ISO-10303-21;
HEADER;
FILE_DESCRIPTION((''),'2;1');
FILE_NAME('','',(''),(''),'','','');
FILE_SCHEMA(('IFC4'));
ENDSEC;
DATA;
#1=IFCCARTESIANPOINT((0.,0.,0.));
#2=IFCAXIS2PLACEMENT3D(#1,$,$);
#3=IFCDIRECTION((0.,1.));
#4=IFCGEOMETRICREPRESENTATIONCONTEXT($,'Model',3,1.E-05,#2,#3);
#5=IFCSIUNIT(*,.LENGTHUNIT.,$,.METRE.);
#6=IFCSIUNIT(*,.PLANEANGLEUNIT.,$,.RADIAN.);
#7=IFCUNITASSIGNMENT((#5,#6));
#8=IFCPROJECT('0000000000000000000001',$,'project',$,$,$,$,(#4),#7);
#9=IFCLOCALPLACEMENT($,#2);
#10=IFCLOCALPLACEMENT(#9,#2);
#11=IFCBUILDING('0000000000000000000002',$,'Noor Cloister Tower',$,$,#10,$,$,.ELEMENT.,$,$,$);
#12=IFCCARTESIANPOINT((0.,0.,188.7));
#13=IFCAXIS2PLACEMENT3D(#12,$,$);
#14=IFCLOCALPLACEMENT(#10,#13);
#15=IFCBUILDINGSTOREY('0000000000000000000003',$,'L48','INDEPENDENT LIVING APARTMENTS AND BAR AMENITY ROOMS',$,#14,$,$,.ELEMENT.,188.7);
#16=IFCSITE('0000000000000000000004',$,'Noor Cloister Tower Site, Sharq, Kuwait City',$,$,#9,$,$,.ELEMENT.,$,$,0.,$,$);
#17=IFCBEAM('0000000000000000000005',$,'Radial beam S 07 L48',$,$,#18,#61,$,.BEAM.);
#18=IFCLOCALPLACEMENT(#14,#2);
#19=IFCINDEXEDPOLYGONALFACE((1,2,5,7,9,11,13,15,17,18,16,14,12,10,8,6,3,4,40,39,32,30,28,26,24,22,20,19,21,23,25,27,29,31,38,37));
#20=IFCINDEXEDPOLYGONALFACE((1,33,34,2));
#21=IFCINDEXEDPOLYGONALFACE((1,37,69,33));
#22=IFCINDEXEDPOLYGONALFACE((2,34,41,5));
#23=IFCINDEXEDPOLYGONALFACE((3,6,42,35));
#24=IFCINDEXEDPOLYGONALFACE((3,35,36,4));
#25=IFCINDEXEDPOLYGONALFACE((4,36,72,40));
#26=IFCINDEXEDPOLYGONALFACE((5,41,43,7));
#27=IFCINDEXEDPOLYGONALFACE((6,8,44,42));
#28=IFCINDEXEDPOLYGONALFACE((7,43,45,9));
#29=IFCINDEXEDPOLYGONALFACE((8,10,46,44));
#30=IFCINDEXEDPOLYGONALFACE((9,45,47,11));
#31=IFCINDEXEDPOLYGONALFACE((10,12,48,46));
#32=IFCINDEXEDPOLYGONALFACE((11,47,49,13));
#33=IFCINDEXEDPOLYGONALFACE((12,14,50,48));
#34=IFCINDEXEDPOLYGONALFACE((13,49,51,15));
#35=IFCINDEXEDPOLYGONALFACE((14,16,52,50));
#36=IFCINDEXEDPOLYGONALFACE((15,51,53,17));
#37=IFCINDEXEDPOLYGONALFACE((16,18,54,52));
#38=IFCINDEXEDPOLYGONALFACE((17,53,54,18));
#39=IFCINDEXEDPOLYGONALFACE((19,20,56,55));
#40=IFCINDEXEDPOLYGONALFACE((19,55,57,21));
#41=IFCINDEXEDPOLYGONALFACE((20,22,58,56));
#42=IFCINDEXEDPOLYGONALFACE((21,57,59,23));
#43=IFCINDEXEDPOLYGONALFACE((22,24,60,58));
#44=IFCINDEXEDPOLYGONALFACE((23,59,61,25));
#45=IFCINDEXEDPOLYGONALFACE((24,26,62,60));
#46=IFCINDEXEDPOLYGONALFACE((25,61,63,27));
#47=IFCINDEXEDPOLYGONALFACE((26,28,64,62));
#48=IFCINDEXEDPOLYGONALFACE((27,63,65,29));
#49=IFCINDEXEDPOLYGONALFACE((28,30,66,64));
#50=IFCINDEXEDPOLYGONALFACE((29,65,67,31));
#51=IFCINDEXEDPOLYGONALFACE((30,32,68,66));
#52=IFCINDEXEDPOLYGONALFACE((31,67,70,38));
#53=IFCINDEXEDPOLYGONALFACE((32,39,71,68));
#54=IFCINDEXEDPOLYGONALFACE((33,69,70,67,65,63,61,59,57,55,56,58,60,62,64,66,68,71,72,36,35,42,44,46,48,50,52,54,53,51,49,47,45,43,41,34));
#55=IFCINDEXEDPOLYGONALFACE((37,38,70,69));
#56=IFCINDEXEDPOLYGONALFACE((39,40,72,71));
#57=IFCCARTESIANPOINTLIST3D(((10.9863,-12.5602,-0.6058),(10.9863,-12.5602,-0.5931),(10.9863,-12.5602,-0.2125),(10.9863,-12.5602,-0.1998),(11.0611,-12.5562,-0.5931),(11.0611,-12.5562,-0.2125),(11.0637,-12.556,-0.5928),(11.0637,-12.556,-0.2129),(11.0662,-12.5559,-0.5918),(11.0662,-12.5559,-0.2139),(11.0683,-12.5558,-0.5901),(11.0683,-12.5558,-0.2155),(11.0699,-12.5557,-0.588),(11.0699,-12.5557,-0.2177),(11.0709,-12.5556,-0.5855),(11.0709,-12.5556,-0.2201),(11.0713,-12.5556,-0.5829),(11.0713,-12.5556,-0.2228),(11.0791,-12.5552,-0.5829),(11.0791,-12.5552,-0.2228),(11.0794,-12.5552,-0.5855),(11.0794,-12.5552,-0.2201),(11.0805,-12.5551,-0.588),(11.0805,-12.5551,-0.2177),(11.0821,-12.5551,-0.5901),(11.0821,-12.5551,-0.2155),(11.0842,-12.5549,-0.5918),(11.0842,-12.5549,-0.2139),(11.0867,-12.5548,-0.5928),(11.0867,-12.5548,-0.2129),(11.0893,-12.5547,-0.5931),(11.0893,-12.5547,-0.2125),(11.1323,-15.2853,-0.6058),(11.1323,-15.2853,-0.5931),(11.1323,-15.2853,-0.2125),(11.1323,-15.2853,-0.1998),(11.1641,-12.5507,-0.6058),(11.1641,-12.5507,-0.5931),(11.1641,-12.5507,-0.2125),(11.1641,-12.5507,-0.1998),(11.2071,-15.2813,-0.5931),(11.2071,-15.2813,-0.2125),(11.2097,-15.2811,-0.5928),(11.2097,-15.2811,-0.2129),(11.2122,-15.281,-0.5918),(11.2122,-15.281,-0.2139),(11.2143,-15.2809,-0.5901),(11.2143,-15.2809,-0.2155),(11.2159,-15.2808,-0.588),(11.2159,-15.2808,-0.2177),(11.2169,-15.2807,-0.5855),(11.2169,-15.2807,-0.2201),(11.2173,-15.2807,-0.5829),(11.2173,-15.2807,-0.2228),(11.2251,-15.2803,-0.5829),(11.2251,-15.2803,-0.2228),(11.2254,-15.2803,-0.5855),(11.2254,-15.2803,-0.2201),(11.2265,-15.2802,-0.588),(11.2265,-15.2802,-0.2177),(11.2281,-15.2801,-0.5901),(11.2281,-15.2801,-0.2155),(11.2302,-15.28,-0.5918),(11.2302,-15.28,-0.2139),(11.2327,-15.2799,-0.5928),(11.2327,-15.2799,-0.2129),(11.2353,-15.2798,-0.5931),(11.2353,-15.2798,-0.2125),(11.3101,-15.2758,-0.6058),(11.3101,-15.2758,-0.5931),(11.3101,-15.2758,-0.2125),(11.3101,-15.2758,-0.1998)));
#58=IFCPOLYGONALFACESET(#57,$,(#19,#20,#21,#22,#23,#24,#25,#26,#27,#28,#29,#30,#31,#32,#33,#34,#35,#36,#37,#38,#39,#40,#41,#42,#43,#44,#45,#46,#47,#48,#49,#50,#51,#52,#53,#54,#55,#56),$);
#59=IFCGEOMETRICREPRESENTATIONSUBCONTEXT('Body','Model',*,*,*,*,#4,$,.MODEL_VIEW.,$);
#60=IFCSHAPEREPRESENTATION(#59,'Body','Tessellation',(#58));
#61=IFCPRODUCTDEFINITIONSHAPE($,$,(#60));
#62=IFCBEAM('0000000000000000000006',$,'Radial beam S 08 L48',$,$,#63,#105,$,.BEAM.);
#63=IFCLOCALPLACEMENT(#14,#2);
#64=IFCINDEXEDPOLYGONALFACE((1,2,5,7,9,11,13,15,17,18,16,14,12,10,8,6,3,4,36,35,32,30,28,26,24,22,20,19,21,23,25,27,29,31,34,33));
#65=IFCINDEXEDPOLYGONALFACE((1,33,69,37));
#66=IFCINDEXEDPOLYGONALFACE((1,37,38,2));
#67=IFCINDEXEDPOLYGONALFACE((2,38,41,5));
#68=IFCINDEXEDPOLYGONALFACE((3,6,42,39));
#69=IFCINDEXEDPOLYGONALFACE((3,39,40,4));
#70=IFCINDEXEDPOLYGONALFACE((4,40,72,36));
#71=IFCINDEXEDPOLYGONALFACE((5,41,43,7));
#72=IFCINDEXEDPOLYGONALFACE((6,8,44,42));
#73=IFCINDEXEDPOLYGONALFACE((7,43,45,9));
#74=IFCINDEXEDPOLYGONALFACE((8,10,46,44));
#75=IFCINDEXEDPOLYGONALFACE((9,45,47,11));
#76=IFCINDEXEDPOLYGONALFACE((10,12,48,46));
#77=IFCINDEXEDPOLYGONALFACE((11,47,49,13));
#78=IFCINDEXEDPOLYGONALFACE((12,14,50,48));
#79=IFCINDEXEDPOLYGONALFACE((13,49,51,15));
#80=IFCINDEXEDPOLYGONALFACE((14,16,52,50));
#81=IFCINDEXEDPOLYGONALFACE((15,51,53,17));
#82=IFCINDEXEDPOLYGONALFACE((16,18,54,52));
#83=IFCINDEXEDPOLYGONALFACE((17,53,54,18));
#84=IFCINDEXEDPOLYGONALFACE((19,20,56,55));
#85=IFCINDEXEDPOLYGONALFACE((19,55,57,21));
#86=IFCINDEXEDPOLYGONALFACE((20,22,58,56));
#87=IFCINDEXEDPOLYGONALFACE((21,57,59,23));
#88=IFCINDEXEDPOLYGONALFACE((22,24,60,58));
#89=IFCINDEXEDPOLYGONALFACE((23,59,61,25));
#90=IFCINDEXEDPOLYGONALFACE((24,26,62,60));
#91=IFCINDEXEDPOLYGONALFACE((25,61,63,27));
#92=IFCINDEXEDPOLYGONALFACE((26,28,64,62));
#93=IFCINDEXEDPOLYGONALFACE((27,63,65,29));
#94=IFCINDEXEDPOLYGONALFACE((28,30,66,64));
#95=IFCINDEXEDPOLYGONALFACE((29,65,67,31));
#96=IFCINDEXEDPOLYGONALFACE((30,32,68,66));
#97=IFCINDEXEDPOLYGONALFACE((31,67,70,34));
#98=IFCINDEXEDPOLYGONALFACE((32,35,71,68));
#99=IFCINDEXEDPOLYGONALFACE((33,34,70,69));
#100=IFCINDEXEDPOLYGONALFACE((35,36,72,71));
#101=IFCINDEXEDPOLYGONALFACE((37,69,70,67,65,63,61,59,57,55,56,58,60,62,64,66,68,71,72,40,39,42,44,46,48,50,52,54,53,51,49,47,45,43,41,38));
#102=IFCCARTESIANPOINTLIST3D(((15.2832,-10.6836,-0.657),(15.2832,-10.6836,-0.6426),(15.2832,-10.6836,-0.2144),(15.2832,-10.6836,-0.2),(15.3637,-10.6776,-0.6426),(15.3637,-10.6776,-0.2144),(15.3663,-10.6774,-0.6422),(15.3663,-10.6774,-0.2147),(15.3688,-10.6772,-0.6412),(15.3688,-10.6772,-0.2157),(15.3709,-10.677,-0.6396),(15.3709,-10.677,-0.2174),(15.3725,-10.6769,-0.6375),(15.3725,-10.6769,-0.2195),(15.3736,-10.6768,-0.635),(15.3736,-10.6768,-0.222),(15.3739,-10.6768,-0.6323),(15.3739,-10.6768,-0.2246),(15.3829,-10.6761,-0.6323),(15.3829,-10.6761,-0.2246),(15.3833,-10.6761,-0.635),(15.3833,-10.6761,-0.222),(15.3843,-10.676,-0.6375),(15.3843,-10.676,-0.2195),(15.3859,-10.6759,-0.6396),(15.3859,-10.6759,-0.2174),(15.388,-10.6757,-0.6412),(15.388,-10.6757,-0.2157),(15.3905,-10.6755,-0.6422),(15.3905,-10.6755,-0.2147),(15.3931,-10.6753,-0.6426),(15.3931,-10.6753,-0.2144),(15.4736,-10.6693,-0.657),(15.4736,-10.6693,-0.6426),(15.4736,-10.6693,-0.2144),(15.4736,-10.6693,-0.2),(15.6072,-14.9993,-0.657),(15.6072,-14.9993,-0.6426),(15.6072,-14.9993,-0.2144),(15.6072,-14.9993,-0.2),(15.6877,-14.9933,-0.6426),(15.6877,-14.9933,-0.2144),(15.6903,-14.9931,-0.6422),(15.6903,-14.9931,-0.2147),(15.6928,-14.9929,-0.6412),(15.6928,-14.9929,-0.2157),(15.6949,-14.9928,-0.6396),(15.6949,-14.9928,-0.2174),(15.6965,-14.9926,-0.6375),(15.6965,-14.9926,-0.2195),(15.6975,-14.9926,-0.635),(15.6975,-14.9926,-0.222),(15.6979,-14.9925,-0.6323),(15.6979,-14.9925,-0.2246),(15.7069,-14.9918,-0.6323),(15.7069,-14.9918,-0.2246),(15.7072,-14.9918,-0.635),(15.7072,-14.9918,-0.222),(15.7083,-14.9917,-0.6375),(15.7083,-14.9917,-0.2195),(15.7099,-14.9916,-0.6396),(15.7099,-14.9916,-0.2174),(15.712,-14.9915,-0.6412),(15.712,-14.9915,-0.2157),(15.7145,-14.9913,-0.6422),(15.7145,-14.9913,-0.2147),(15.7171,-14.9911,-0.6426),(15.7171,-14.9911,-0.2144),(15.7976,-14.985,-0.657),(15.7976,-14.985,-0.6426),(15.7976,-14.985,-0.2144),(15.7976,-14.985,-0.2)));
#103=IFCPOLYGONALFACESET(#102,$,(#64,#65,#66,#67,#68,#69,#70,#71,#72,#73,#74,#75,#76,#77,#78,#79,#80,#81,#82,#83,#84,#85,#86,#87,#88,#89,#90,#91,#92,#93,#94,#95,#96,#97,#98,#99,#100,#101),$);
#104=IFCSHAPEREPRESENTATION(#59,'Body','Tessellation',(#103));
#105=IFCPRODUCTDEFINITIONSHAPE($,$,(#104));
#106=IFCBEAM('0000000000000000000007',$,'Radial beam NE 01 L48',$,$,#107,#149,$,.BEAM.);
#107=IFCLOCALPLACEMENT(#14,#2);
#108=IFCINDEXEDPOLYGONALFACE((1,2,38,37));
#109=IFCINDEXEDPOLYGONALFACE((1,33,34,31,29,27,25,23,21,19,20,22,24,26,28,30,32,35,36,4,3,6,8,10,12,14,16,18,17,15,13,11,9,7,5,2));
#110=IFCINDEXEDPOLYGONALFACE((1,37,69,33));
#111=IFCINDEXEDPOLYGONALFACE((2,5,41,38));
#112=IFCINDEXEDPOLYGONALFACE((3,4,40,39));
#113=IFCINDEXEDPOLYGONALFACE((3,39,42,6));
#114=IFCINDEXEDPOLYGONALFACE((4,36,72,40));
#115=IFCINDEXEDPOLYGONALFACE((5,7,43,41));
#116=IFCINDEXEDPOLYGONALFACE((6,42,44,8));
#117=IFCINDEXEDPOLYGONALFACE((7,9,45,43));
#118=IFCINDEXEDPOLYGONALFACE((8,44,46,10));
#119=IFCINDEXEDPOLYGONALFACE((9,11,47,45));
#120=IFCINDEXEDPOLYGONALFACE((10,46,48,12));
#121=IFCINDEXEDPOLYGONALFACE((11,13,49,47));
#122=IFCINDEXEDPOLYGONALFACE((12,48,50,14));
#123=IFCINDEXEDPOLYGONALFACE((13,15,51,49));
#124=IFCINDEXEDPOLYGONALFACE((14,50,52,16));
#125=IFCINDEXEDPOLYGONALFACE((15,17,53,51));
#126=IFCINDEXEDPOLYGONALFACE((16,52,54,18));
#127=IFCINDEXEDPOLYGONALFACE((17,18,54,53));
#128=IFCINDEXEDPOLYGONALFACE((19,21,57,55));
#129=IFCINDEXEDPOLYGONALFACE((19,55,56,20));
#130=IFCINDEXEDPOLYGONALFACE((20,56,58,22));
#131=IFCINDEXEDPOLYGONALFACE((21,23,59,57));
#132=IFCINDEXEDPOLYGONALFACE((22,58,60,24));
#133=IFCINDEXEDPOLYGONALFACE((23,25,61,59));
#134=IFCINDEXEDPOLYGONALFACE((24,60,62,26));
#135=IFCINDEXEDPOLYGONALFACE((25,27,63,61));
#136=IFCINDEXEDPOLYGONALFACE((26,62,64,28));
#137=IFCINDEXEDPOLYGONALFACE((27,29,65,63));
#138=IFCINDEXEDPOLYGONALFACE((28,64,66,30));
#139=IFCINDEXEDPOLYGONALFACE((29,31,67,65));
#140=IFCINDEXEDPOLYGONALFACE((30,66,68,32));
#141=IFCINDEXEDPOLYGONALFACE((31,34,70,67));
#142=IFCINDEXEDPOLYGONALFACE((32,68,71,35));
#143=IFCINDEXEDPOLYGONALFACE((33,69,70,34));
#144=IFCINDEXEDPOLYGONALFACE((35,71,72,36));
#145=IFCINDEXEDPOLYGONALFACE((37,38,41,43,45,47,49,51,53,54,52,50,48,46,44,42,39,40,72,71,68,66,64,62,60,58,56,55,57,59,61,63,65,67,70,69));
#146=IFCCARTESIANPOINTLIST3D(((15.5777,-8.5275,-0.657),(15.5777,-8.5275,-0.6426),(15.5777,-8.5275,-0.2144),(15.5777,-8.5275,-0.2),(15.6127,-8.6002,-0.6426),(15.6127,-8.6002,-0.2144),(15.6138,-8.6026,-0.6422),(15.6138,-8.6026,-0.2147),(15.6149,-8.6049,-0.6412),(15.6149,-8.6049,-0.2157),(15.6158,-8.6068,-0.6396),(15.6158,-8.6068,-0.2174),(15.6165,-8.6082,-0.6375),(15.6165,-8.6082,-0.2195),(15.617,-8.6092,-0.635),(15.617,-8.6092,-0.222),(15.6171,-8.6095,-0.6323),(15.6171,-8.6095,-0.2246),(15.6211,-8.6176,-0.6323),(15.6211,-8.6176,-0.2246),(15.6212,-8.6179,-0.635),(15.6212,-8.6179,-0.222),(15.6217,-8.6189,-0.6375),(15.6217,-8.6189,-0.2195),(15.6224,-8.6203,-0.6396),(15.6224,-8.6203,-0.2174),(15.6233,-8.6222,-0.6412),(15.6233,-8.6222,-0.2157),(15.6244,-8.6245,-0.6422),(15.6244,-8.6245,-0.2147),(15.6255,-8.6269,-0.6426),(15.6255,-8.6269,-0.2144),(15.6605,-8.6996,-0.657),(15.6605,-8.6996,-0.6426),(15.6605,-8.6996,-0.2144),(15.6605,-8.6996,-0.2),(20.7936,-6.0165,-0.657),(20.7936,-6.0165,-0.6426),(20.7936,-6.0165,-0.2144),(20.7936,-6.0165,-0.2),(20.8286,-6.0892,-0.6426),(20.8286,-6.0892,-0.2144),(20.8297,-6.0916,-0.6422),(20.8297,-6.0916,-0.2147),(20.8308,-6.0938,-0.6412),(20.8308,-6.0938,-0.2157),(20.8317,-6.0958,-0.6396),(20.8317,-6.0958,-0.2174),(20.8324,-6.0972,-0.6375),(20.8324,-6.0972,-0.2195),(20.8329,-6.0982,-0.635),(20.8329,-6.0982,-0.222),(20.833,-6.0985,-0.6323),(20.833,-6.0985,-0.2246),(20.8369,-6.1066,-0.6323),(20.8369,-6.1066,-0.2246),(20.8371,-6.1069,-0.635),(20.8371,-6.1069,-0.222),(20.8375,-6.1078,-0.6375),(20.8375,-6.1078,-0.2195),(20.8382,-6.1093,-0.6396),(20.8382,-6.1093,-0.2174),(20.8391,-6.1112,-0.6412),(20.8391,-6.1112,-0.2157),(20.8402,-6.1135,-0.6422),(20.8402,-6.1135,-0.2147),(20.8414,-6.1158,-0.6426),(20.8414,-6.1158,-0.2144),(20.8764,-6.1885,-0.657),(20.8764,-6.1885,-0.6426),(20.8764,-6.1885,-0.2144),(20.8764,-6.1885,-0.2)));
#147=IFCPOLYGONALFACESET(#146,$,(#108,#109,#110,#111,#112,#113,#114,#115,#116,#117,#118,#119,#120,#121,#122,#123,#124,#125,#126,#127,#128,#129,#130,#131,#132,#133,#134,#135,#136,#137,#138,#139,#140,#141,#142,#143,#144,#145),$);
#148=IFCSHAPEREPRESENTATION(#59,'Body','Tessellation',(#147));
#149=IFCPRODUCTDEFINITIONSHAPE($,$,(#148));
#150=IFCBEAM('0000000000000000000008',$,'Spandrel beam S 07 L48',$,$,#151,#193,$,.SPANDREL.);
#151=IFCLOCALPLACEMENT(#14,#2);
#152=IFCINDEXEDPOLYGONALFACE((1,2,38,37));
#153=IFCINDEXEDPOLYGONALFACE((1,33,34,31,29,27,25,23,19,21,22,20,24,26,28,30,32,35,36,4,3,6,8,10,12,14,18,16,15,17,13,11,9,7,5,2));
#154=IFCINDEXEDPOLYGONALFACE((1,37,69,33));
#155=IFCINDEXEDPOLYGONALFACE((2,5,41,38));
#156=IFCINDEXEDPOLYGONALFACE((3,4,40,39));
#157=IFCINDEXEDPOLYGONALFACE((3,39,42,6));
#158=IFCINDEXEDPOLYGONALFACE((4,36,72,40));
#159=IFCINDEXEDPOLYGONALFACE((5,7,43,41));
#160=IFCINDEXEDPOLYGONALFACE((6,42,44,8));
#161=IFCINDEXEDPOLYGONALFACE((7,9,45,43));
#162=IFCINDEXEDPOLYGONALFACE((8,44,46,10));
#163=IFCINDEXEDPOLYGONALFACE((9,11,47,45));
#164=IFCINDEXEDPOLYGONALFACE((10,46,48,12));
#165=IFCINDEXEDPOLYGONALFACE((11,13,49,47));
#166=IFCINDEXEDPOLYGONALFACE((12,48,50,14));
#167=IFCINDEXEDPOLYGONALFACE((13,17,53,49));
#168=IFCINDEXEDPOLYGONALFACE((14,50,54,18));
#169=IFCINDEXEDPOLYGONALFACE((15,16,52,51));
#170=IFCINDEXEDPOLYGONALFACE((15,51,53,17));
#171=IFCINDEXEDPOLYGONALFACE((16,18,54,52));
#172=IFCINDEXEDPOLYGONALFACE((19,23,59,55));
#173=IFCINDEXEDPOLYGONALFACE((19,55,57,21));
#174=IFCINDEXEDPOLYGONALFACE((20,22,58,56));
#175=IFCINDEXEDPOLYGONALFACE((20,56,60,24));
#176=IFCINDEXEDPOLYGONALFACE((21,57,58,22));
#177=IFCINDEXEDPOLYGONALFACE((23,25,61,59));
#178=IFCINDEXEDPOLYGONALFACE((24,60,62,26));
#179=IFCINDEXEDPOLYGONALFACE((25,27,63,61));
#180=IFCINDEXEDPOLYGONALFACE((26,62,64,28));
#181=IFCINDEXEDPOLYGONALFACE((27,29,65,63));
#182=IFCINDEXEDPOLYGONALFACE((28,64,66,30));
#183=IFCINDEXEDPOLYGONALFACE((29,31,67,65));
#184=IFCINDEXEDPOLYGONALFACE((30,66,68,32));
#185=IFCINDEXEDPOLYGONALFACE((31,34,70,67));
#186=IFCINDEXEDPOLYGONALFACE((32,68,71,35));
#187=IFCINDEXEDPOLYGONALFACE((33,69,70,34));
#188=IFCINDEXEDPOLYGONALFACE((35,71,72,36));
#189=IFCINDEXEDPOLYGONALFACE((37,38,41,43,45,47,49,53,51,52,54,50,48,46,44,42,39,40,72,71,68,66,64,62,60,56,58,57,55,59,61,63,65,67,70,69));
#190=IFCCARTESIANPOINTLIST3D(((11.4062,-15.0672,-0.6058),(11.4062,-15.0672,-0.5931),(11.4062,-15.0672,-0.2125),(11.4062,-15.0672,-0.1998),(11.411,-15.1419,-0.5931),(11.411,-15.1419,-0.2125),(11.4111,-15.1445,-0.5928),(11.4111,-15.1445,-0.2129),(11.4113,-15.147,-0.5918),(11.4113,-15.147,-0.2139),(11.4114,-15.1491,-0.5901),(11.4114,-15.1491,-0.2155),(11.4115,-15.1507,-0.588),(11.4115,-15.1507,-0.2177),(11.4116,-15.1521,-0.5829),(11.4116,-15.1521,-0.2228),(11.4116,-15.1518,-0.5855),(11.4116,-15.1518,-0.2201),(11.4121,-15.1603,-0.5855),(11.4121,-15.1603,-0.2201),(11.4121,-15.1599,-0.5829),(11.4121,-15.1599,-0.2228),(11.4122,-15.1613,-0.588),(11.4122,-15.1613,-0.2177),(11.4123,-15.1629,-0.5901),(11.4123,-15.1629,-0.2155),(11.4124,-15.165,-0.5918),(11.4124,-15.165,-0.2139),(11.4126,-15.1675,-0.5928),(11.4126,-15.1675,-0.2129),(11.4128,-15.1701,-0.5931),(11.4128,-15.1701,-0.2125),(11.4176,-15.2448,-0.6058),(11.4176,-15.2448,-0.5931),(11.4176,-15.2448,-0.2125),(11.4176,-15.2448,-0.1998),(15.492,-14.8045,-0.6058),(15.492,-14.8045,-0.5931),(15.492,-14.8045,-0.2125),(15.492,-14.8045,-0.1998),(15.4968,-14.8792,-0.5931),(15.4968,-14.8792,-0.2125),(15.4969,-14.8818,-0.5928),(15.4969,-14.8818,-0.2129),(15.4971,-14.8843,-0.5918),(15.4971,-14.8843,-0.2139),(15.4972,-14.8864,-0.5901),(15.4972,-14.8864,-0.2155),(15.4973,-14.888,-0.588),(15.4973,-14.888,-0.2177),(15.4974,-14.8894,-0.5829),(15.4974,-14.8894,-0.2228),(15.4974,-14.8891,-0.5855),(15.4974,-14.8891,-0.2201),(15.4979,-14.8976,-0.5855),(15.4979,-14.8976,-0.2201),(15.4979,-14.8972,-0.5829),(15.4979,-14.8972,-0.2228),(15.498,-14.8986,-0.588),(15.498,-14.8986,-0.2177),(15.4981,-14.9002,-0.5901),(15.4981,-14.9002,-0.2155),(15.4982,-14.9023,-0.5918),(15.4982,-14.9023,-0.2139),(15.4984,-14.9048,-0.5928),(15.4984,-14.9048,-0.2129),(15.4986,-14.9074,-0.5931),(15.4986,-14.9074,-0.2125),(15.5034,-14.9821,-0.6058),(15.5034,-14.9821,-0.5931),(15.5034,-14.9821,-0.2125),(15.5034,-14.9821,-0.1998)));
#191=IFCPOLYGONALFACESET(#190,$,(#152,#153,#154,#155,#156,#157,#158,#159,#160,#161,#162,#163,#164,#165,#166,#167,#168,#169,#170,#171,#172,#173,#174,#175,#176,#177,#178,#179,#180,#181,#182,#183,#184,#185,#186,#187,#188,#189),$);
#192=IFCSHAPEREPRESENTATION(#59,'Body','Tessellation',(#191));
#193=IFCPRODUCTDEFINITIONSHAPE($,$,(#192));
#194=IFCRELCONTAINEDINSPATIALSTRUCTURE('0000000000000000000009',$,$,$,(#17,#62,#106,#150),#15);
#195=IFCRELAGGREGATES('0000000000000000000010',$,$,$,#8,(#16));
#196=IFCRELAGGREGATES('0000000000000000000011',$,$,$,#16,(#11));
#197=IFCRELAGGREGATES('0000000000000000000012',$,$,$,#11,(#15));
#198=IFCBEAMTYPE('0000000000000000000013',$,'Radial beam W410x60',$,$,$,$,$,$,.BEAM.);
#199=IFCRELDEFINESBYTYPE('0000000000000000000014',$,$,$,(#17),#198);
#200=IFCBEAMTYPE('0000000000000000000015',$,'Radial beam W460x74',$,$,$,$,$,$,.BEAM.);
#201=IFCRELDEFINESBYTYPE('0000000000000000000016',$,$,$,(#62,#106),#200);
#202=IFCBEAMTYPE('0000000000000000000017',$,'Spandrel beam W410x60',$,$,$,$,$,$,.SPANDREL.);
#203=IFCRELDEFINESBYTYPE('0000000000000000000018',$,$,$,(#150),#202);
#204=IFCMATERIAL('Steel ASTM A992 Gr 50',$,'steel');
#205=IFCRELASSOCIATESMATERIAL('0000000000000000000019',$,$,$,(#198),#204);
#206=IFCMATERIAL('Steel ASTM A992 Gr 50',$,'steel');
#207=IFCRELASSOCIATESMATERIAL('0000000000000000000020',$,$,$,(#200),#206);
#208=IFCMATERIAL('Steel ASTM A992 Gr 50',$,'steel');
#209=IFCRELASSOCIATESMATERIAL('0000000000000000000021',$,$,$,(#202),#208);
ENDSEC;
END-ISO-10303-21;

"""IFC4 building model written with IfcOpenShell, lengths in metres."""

from ifc_helpers import new_model, si_unit, direction, frame, origin, origin_2d, place, context, subcontext, project, spatial, i_section, extrude, material, material_profile, profile_set, type_object, element, save


model = new_model("IFC4")

# Units and contexts
model_context = context("Model", 3, precision=1e-05, world=origin(), true_north=direction((0.0, 1.0)))
body_context = subcontext(model_context, "Body", "Model", "MODEL_VIEW")
ifc_project = project(units=[si_unit("LENGTHUNIT", "METRE"), si_unit("PLANEANGLEUNIT", "RADIAN")], contexts=[model_context])

# Site, building, storey
site_placement = place(None, origin())
site = spatial("IfcSite", under=ifc_project, at=site_placement, Name="Noor Cloister Tower Site, Sharq, Kuwait City", CompositionType="ELEMENT", RefElevation=0.0)
building_placement = place(site_placement, origin())
building = spatial("IfcBuilding", under=site, at=building_placement, Name="Noor Cloister Tower", CompositionType="ELEMENT")
storey_placement = place(building_placement, frame((0.0, 0.0, 188.7)))
storey = spatial("IfcBuildingStorey", under=building, at=storey_placement, Name="L48", Description="INDEPENDENT LIVING APARTMENTS AND BAR AMENITY ROOMS", CompositionType="ELEMENT", Elevation=188.7)

# Beams
ifc_material_1 = material(Name="Steel ASTM A992 Gr 50", Category="steel")
ifc_material_profile_1 = material_profile(ifc_material_1, i_section(OverallWidth=0.178, OverallDepth=0.406, WebThickness=0.0078, FlangeThickness=0.0127, FilletRadius=0.0103, at=origin_2d()), Name="W410x60")
ifc_profile_set_1 = profile_set([ifc_material_profile_1], Name="Steel ASTM A992 Gr 50")
beam_type_1 = type_object("IfcBeamType", Name="Radial beam W410x60", PredefinedType="BEAM", material=ifc_profile_set_1)
beam_1_placement = place(storey_placement, frame((11.2212, -15.2805, -0.4028), z_axis=(-0.053498, 0.998568, 0.0), x_axis=(-0.998568, -0.053498, 0.0)))
element("IfcBeam", 1, at=beam_1_placement, inside=storey, type_object=beam_type_1, Name="Radial beam S 07 L48", PredefinedType="BEAM", context=body_context, shape_type="SweptSolid", body=[
    extrude(i_section(OverallWidth=0.178, OverallDepth=0.406, WebThickness=0.0078, FlangeThickness=0.0127, FilletRadius=0.0103, at=origin_2d()), origin(), (0.0, 0.0, 1.0), 2.729),
])
ifc_material_2 = material(Name="Steel ASTM A992 Gr 50", Category="steel")
ifc_material_profile_2 = material_profile(ifc_material_2, i_section(OverallWidth=0.1909, OverallDepth=0.457, WebThickness=0.009, FlangeThickness=0.0144, FilletRadius=0.0103, at=origin_2d()), Name="W460x74")
ifc_profile_set_2 = profile_set([ifc_material_profile_2], Name="Steel ASTM A992 Gr 50")
beam_type_2 = type_object("IfcBeamType", Name="Radial beam W460x74", PredefinedType="BEAM", material=ifc_profile_set_2)
beam_2_placement = place(storey_placement, frame((15.7024, -14.9922, -0.4285), z_axis=(-0.074859, 0.997194, 0.0), x_axis=(-0.997194, -0.074859, 0.0)))
element("IfcBeam", 2, at=beam_2_placement, inside=storey, type_object=beam_type_2, Name="Radial beam S 08 L48", PredefinedType="BEAM", context=body_context, shape_type="SweptSolid", body=[
    extrude(i_section(OverallWidth=0.1909, OverallDepth=0.457, WebThickness=0.009, FlangeThickness=0.0144, FilletRadius=0.0103, at=origin_2d()), origin(), (0.0, 0.0, 1.0), 4.3279),
])
beam_3_placement = place(storey_placement, frame((20.835, -6.1025, -0.4285), z_axis=(-0.901024, -0.433769, 0.0), x_axis=(0.433769, -0.901024, 0.0)))
element("IfcBeam", 3, at=beam_3_placement, inside=storey, type_object=beam_type_2, Name="Radial beam NE 01 L48", PredefinedType="BEAM", context=body_context, shape_type="SweptSolid", body=[
    extrude(i_section(OverallWidth=0.1909, OverallDepth=0.457, WebThickness=0.009, FlangeThickness=0.0144, FilletRadius=0.0103, at=origin_2d()), origin(), (0.0, 0.0, 1.0), 5.7888),
])
ifc_material_3 = material(Name="Steel ASTM A992 Gr 50", Category="steel")
ifc_material_profile_3 = material_profile(ifc_material_3, i_section(OverallWidth=0.178, OverallDepth=0.406, WebThickness=0.0078, FlangeThickness=0.0127, FilletRadius=0.0103, at=origin_2d()), Name="W410x60")
ifc_profile_set_3 = profile_set([ifc_material_profile_3], Name="Steel ASTM A992 Gr 50")
beam_type_3 = type_object("IfcBeamType", Name="Spandrel beam W410x60", PredefinedType="SPANDREL", material=ifc_profile_set_3)
beam_4_placement = place(storey_placement, frame((11.4119, -15.156, -0.4028), z_axis=(0.997939, 0.064164, 0.0), x_axis=(-0.064164, 0.997939, 0.0)))
element("IfcBeam", 4, at=beam_4_placement, inside=storey, type_object=beam_type_3, Name="Spandrel beam S 07 L48", PredefinedType="SPANDREL", context=body_context, shape_type="SweptSolid", body=[
    extrude(i_section(OverallWidth=0.178, OverallDepth=0.406, WebThickness=0.0078, FlangeThickness=0.0127, FilletRadius=0.0103, at=origin_2d()), origin(), (0.0, 0.0, 1.0), 4.0942),
])

save(model, "model.ifc")
